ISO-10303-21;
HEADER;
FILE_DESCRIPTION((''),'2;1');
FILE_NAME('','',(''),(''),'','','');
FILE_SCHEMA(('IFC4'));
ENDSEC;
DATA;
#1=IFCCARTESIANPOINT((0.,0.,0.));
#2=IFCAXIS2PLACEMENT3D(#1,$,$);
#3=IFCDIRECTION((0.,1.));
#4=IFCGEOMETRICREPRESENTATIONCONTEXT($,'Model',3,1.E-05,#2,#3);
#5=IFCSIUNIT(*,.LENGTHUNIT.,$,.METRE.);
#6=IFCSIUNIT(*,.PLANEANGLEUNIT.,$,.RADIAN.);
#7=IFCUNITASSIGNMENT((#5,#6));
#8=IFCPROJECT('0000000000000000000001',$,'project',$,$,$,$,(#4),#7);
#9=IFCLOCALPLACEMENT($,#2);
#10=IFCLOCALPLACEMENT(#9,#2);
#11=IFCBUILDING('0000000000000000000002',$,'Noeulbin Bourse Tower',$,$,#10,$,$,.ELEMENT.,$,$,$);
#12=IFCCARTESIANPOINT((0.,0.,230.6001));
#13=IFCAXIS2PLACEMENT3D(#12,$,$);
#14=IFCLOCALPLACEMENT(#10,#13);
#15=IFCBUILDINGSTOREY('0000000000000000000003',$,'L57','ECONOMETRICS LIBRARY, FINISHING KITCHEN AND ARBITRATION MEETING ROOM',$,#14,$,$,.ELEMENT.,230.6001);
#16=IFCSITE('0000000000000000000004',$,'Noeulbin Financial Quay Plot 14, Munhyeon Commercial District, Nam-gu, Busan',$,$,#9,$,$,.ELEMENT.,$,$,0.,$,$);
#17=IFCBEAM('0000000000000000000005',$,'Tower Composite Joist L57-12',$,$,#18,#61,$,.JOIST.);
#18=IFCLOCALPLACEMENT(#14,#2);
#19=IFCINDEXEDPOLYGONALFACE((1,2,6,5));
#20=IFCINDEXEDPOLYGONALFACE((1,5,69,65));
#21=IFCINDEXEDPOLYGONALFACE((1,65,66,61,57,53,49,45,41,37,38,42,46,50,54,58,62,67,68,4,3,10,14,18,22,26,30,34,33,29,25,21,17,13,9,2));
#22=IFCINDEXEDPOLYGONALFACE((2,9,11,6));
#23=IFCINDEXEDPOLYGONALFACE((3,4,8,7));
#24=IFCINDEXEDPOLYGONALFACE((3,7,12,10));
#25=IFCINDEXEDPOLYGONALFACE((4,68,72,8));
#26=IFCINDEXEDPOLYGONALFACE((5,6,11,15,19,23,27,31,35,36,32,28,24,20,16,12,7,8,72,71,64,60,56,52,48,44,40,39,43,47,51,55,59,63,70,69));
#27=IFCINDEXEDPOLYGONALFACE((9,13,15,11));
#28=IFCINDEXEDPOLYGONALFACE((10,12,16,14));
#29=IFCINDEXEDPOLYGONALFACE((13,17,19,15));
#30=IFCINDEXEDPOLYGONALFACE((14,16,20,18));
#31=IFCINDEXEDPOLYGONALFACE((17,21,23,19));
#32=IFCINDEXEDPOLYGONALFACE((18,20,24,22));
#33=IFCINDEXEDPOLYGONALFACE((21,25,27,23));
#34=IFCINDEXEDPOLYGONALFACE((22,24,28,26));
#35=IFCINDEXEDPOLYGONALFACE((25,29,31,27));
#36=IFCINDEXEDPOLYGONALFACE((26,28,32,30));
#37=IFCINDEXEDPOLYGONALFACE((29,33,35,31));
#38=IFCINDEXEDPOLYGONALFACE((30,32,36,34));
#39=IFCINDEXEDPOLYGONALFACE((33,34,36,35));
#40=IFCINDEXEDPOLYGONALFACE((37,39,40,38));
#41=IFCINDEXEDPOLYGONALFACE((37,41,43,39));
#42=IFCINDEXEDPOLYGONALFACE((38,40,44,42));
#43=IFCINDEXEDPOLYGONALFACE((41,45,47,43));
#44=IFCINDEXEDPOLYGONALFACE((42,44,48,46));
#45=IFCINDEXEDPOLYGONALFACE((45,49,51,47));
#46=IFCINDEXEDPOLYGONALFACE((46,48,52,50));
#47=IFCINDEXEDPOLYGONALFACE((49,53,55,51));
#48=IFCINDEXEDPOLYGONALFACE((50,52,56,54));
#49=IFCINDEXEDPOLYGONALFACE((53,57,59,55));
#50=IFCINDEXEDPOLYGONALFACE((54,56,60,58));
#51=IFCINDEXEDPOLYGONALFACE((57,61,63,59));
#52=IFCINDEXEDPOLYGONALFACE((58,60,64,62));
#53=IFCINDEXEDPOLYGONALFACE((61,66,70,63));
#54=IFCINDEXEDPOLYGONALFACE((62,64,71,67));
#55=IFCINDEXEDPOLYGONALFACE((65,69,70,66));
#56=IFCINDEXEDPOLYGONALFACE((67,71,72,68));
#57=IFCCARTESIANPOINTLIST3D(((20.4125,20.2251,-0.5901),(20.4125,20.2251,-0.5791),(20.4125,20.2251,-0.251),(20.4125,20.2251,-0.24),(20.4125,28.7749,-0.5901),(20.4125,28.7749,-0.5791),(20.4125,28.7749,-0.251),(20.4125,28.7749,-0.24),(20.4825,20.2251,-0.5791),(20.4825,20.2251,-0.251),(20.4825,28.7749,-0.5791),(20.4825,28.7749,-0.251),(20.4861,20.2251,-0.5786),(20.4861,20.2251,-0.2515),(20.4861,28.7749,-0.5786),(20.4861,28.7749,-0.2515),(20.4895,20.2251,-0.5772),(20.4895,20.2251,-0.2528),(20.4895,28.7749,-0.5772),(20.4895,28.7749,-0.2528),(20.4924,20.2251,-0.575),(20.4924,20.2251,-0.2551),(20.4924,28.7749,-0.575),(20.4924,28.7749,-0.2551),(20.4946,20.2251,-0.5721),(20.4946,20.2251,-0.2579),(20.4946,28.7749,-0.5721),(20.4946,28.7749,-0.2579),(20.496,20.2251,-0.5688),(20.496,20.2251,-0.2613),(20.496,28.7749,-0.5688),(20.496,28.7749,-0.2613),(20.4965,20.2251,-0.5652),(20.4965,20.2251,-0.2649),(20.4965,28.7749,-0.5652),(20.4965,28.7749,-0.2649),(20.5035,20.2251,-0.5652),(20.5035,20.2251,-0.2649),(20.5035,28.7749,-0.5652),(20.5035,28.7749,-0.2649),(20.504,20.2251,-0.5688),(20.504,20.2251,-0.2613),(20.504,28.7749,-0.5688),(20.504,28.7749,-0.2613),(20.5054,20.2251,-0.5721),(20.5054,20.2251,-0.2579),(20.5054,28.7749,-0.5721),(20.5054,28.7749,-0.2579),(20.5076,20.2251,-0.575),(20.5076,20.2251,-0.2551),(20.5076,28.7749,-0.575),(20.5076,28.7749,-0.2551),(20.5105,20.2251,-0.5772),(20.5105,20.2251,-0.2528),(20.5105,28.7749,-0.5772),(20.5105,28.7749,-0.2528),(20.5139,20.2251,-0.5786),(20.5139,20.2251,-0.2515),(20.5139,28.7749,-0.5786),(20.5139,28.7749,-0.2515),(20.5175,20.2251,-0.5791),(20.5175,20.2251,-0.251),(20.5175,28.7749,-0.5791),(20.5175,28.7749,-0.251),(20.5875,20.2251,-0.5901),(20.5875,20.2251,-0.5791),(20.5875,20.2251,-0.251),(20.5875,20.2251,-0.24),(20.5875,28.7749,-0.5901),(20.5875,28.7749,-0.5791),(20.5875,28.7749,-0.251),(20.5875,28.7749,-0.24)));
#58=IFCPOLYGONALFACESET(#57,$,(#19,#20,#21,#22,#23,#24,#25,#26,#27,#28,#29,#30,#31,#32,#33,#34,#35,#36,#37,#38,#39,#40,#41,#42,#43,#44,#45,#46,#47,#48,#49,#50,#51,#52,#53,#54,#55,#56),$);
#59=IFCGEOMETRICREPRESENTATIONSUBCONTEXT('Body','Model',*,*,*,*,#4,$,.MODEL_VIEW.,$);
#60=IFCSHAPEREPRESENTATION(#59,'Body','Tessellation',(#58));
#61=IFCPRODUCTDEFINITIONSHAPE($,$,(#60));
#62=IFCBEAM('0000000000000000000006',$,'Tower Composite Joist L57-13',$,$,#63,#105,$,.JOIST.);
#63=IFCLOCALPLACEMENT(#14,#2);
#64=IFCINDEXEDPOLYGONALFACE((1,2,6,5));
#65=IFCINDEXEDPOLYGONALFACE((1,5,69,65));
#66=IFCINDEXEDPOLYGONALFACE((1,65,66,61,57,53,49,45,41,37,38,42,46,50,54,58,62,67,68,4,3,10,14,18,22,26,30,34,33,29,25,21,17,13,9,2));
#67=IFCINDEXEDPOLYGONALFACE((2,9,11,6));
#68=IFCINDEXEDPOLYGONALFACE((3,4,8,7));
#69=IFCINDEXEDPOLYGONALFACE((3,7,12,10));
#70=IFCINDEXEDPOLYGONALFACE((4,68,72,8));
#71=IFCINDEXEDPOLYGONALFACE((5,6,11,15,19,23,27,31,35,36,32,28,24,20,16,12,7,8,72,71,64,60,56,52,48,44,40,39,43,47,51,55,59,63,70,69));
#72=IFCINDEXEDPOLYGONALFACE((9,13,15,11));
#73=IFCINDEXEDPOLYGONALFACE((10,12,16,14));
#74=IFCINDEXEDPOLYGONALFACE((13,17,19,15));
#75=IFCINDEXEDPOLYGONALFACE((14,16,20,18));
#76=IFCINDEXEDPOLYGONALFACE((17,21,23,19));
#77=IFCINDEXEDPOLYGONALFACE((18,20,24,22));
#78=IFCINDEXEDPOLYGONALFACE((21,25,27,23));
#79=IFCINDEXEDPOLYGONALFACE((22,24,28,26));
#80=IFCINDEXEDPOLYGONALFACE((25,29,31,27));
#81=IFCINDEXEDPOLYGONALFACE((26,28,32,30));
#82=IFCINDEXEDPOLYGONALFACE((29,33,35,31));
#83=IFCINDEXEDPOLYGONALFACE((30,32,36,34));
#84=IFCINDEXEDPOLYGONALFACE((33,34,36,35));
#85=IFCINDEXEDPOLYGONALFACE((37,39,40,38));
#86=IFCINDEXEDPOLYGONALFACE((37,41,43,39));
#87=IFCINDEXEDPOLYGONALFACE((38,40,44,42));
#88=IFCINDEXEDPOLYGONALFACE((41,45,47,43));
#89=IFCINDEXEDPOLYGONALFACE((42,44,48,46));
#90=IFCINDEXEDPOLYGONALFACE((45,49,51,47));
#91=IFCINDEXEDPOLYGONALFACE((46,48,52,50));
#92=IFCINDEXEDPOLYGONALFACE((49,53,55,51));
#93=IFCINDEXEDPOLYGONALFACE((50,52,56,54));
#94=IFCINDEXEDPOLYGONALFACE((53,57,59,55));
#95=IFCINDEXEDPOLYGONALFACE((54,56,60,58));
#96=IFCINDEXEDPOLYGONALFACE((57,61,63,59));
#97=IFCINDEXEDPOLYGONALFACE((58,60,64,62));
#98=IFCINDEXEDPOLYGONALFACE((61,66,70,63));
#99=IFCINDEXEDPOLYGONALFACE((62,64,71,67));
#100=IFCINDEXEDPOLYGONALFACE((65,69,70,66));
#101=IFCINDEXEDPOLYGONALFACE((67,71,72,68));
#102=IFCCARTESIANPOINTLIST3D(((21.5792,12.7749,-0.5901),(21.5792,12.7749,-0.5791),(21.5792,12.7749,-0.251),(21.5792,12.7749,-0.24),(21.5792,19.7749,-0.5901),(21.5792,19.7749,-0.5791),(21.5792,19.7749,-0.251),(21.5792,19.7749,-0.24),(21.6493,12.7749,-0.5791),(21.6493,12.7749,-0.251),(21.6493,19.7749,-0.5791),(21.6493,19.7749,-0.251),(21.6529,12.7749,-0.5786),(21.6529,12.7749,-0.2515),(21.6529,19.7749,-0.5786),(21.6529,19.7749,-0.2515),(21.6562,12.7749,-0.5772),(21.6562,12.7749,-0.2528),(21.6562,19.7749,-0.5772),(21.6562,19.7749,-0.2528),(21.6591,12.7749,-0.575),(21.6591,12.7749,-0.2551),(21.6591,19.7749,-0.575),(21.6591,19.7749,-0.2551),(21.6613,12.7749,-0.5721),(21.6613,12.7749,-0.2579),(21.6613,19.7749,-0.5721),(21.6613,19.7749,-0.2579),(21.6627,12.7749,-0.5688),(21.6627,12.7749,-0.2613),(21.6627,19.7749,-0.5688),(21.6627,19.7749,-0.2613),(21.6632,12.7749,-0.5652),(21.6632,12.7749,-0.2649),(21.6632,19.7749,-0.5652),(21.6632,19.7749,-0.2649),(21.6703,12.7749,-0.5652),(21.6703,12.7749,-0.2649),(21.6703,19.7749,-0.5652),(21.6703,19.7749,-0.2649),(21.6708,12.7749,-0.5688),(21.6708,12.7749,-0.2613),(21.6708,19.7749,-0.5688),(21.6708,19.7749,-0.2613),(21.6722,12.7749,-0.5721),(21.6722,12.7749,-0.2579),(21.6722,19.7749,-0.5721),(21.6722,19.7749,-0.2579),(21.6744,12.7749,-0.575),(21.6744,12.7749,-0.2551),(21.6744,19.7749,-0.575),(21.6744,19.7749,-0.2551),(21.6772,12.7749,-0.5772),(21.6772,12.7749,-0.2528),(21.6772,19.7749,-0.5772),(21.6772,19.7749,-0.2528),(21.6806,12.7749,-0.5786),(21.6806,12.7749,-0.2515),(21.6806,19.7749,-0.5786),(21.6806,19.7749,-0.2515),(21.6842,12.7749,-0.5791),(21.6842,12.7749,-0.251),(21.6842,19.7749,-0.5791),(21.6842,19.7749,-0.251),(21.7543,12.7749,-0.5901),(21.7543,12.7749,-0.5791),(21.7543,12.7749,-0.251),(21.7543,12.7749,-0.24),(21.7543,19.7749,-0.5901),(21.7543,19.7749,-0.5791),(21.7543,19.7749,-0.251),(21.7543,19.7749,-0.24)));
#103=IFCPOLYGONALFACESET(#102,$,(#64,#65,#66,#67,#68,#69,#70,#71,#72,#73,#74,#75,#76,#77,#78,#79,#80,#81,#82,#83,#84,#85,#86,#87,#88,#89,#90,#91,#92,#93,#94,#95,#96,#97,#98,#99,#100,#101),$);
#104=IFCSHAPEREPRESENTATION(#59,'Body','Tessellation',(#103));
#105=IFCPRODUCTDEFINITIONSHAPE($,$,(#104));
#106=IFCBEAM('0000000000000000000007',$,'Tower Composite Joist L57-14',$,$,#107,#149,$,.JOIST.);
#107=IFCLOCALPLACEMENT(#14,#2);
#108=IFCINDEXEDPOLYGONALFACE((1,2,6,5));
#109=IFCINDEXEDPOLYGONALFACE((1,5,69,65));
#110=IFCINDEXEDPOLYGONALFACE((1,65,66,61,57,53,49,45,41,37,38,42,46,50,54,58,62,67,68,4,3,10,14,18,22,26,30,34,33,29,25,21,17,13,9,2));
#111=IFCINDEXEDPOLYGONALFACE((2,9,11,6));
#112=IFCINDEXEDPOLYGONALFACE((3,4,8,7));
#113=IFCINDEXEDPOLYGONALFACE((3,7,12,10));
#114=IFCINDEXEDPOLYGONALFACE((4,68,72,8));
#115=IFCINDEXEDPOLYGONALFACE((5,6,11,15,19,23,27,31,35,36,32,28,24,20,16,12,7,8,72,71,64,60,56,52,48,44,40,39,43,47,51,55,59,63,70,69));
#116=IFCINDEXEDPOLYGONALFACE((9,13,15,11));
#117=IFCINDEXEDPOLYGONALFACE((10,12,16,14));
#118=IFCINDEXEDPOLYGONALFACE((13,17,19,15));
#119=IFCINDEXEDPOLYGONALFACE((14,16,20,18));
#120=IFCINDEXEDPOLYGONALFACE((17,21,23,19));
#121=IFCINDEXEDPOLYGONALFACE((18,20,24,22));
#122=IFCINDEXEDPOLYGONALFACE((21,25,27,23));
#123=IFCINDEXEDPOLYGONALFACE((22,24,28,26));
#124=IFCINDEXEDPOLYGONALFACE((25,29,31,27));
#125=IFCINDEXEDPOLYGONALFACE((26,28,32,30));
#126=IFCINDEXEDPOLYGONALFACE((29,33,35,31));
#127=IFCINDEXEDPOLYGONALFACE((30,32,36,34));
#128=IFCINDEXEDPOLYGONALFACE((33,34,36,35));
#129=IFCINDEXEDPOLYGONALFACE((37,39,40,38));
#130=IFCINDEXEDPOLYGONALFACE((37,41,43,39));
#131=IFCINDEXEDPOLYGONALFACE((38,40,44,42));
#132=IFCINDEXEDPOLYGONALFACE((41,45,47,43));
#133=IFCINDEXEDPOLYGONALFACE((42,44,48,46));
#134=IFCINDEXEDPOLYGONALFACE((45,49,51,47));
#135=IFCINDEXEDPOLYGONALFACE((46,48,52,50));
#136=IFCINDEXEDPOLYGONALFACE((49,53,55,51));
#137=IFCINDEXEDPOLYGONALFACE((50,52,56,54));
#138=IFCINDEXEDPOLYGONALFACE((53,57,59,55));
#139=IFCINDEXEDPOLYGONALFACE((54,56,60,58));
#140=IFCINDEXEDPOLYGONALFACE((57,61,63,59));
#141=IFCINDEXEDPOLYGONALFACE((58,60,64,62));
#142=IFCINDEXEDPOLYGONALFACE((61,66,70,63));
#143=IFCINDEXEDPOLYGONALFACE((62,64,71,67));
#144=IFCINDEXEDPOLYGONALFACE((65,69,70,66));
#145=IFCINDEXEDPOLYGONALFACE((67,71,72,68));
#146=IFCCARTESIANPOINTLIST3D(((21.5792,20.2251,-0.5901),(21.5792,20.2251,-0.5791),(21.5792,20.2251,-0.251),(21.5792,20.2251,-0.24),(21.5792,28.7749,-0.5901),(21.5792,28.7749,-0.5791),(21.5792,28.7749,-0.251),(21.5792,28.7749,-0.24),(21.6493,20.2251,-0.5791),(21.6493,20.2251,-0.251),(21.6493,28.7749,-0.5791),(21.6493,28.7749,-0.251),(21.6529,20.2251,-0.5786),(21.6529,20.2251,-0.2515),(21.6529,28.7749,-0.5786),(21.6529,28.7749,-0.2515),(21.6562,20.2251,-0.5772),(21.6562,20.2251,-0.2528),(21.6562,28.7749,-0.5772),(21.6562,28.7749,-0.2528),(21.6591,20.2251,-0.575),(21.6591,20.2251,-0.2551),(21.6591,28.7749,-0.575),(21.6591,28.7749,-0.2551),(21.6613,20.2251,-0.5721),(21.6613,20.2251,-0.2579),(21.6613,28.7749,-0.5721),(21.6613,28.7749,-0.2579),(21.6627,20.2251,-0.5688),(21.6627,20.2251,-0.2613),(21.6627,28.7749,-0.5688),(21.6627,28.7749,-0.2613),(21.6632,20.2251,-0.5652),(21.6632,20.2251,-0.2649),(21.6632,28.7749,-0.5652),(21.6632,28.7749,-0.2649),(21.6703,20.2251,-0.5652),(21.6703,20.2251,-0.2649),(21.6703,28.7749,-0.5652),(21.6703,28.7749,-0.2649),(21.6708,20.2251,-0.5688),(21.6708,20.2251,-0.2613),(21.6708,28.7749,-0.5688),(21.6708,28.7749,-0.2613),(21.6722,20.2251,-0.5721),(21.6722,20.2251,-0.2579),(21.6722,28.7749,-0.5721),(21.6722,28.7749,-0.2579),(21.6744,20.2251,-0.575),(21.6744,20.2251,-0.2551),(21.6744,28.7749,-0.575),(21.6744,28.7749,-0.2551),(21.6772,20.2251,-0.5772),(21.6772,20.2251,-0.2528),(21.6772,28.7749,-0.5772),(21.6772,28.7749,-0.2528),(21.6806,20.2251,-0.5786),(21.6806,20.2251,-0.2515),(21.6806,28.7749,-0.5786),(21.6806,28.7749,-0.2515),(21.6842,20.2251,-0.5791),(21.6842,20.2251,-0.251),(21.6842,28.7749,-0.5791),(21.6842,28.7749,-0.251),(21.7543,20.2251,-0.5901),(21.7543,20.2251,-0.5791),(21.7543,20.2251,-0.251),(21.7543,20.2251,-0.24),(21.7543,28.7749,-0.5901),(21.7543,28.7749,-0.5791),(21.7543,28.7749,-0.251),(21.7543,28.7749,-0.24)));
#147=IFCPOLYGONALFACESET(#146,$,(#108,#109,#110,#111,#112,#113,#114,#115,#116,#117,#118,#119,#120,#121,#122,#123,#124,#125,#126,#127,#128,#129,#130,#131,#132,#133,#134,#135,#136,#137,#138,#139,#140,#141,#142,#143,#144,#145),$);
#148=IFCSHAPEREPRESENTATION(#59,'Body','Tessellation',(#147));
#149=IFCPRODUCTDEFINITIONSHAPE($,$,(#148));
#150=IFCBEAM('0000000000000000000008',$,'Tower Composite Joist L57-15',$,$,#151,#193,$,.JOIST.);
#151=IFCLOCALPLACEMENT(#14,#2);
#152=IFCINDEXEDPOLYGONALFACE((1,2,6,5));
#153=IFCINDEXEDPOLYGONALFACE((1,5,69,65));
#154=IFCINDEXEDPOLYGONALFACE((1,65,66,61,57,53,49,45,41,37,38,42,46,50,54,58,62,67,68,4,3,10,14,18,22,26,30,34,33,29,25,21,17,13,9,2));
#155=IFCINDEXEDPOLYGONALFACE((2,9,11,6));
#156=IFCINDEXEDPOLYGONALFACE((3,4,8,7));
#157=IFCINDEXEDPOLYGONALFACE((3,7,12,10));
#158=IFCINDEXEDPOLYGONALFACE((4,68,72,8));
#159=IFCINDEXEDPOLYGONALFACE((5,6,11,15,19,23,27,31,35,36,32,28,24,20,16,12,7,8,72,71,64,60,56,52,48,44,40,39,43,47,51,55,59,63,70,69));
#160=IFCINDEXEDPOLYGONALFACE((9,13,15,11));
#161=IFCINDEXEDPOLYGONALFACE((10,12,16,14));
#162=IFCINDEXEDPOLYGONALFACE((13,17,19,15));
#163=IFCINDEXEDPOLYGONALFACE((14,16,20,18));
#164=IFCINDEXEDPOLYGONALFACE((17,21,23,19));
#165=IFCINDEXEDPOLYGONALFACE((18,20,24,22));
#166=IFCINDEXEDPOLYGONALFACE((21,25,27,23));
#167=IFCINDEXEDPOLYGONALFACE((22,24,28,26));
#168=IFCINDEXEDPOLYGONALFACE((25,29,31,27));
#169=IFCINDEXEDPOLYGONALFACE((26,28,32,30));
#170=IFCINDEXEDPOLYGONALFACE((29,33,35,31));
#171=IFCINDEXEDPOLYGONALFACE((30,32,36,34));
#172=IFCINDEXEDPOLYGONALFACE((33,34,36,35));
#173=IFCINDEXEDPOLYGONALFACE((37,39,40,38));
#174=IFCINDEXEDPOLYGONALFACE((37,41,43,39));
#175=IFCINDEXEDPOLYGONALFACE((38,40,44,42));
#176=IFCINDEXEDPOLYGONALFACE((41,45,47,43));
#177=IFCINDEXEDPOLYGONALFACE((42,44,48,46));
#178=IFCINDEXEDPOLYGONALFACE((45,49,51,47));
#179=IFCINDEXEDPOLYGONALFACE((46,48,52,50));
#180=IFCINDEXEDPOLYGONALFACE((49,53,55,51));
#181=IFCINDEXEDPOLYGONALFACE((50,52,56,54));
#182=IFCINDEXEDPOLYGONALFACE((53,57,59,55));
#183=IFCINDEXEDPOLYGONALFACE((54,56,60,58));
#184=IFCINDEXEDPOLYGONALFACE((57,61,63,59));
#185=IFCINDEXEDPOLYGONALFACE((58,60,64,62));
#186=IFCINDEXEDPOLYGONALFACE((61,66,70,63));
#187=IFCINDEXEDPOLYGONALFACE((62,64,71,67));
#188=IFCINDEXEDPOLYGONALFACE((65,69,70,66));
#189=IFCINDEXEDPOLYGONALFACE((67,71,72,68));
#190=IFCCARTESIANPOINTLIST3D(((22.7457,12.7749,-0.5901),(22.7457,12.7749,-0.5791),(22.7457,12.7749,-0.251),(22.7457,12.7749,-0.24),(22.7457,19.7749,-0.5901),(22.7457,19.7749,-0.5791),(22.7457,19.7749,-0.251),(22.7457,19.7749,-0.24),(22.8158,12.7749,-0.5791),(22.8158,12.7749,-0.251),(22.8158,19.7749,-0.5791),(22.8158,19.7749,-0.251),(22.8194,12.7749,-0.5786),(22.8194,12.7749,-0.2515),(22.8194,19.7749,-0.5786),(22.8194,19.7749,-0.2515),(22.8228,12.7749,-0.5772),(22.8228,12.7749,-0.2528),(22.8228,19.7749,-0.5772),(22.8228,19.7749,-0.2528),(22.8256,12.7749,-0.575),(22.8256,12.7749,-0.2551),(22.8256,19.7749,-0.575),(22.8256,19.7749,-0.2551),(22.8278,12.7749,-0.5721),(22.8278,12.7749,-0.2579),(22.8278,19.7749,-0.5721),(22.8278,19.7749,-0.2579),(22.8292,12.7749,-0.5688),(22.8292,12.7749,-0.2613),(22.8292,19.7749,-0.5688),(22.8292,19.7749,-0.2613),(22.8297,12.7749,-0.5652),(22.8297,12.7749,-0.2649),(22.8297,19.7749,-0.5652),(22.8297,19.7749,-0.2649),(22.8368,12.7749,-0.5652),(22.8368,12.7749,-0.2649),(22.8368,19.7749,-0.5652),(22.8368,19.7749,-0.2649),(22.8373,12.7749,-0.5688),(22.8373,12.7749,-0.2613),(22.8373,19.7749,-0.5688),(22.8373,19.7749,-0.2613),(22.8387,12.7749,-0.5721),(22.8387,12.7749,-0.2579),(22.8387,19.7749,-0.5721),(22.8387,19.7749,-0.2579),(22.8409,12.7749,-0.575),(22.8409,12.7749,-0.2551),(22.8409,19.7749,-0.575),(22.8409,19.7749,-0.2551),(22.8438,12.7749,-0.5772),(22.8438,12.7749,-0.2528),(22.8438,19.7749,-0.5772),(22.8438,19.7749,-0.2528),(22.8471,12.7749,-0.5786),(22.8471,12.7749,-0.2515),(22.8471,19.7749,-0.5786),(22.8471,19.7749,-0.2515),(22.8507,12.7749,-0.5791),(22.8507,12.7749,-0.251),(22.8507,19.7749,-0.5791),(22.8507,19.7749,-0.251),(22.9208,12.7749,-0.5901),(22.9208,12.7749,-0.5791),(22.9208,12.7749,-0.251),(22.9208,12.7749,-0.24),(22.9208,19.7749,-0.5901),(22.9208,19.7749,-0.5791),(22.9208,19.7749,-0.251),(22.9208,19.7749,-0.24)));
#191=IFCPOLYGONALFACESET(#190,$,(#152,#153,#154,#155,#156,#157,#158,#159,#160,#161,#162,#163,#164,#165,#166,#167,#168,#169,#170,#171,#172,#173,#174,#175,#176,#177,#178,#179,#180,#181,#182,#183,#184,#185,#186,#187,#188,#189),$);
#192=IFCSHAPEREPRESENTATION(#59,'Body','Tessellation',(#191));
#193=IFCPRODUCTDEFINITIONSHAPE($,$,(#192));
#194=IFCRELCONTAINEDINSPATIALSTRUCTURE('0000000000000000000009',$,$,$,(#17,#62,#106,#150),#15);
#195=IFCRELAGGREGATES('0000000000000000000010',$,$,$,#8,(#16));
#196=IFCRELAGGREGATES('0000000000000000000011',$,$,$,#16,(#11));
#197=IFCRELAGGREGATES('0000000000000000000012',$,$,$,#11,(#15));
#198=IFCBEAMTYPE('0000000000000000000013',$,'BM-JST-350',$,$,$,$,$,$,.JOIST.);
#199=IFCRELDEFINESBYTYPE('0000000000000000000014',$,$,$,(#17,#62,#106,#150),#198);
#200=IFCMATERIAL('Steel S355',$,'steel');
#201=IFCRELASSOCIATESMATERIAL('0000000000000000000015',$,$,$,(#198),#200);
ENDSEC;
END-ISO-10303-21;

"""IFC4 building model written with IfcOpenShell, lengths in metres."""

from ifc_helpers import new_model, si_unit, direction, frame, origin, origin_2d, place, context, subcontext, project, spatial, i_section, extrude, material, material_profile, profile_set, type_object, element, save


model = new_model("IFC4")

# Units and contexts
model_context = context("Model", 3, precision=1e-05, world=origin(), true_north=direction((0.0, 1.0)))
body_context = subcontext(model_context, "Body", "Model", "MODEL_VIEW")
ifc_project = project(units=[si_unit("LENGTHUNIT", "METRE"), si_unit("PLANEANGLEUNIT", "RADIAN")], contexts=[model_context])

# Site, building, storey
site_placement = place(None, origin())
site = spatial("IfcSite", under=ifc_project, at=site_placement, Name="Noeulbin Financial Quay Plot 14, Munhyeon Commercial District, Nam-gu, Busan", CompositionType="ELEMENT", RefElevation=0.0)
building_placement = place(site_placement, origin())
building = spatial("IfcBuilding", under=site, at=building_placement, Name="Noeulbin Bourse Tower", CompositionType="ELEMENT")
storey_placement = place(building_placement, frame((0.0, 0.0, 230.6001)))
storey = spatial("IfcBuildingStorey", under=building, at=storey_placement, Name="L57", Description="ECONOMETRICS LIBRARY, FINISHING KITCHEN AND ARBITRATION MEETING ROOM", CompositionType="ELEMENT", Elevation=230.6001)

# Shared definitions
ifc_material_1 = material(Name="Steel S355", Category="steel")

# Beams
ifc_material_profile_1 = material_profile(ifc_material_1, i_section(OverallWidth=0.175, OverallDepth=0.3501, WebThickness=0.0071, FlangeThickness=0.011, FilletRadius=0.0139, at=origin_2d()), Name="H-350x175x7x11", Category="LoadBearing")
ifc_profile_set_1 = profile_set([ifc_material_profile_1], Name="Steel S355")
beam_type_1 = type_object("IfcBeamType", Name="BM-JST-350", PredefinedType="JOIST", material=ifc_profile_set_1)
for number, where, z_axis, x_axis, name in (
    (1, (20.5, 20.2251, -0.415), (0.0, 1.0, 0.0), (-1.0, 0.0, 0.0), "Tower Composite Joist L57-12"),
):
    element("IfcBeam", number, at=place(storey_placement, frame(where, z_axis=z_axis, x_axis=x_axis)), inside=storey, type_object=beam_type_1, Name=name, PredefinedType="JOIST", context=body_context, shape_type="SweptSolid", body=[
        extrude(i_section(OverallWidth=0.175, OverallDepth=0.3501, WebThickness=0.0071, FlangeThickness=0.011, FilletRadius=0.0139, at=origin_2d()), origin(), (0.0, 0.0, 1.0), 8.5498),
    ])
beam_1_placement = place(storey_placement, frame((21.6667, 12.7749, -0.415), z_axis=(0.0, 1.0, 0.0), x_axis=(-1.0, 0.0, 0.0)))
element("IfcBeam", 2, at=beam_1_placement, inside=storey, type_object=beam_type_1, Name="Tower Composite Joist L57-13", PredefinedType="JOIST", context=body_context, shape_type="SweptSolid", body=[
    extrude(i_section(OverallWidth=0.175, OverallDepth=0.3501, WebThickness=0.0071, FlangeThickness=0.011, FilletRadius=0.0139, at=origin_2d()), origin(), (0.0, 0.0, 1.0), 7.0),
])
beam_2_placement = place(storey_placement, frame((21.6667, 20.2251, -0.415), z_axis=(0.0, 1.0, 0.0), x_axis=(-1.0, 0.0, 0.0)))
element("IfcBeam", 3, at=beam_2_placement, inside=storey, type_object=beam_type_1, Name="Tower Composite Joist L57-14", PredefinedType="JOIST", context=body_context, shape_type="SweptSolid", body=[
    extrude(i_section(OverallWidth=0.175, OverallDepth=0.3501, WebThickness=0.0071, FlangeThickness=0.011, FilletRadius=0.0139, at=origin_2d()), origin(), (0.0, 0.0, 1.0), 8.5498),
])
beam_3_placement = place(storey_placement, frame((22.8333, 12.7749, -0.415), z_axis=(0.0, 1.0, 0.0), x_axis=(-1.0, 0.0, 0.0)))
element("IfcBeam", 4, at=beam_3_placement, inside=storey, type_object=beam_type_1, Name="Tower Composite Joist L57-15", PredefinedType="JOIST", context=body_context, shape_type="SweptSolid", body=[
    extrude(i_section(OverallWidth=0.175, OverallDepth=0.3501, WebThickness=0.0071, FlangeThickness=0.011, FilletRadius=0.0139, at=origin_2d()), origin(), (0.0, 0.0, 1.0), 7.0),
])

save(model, "model.ifc")
